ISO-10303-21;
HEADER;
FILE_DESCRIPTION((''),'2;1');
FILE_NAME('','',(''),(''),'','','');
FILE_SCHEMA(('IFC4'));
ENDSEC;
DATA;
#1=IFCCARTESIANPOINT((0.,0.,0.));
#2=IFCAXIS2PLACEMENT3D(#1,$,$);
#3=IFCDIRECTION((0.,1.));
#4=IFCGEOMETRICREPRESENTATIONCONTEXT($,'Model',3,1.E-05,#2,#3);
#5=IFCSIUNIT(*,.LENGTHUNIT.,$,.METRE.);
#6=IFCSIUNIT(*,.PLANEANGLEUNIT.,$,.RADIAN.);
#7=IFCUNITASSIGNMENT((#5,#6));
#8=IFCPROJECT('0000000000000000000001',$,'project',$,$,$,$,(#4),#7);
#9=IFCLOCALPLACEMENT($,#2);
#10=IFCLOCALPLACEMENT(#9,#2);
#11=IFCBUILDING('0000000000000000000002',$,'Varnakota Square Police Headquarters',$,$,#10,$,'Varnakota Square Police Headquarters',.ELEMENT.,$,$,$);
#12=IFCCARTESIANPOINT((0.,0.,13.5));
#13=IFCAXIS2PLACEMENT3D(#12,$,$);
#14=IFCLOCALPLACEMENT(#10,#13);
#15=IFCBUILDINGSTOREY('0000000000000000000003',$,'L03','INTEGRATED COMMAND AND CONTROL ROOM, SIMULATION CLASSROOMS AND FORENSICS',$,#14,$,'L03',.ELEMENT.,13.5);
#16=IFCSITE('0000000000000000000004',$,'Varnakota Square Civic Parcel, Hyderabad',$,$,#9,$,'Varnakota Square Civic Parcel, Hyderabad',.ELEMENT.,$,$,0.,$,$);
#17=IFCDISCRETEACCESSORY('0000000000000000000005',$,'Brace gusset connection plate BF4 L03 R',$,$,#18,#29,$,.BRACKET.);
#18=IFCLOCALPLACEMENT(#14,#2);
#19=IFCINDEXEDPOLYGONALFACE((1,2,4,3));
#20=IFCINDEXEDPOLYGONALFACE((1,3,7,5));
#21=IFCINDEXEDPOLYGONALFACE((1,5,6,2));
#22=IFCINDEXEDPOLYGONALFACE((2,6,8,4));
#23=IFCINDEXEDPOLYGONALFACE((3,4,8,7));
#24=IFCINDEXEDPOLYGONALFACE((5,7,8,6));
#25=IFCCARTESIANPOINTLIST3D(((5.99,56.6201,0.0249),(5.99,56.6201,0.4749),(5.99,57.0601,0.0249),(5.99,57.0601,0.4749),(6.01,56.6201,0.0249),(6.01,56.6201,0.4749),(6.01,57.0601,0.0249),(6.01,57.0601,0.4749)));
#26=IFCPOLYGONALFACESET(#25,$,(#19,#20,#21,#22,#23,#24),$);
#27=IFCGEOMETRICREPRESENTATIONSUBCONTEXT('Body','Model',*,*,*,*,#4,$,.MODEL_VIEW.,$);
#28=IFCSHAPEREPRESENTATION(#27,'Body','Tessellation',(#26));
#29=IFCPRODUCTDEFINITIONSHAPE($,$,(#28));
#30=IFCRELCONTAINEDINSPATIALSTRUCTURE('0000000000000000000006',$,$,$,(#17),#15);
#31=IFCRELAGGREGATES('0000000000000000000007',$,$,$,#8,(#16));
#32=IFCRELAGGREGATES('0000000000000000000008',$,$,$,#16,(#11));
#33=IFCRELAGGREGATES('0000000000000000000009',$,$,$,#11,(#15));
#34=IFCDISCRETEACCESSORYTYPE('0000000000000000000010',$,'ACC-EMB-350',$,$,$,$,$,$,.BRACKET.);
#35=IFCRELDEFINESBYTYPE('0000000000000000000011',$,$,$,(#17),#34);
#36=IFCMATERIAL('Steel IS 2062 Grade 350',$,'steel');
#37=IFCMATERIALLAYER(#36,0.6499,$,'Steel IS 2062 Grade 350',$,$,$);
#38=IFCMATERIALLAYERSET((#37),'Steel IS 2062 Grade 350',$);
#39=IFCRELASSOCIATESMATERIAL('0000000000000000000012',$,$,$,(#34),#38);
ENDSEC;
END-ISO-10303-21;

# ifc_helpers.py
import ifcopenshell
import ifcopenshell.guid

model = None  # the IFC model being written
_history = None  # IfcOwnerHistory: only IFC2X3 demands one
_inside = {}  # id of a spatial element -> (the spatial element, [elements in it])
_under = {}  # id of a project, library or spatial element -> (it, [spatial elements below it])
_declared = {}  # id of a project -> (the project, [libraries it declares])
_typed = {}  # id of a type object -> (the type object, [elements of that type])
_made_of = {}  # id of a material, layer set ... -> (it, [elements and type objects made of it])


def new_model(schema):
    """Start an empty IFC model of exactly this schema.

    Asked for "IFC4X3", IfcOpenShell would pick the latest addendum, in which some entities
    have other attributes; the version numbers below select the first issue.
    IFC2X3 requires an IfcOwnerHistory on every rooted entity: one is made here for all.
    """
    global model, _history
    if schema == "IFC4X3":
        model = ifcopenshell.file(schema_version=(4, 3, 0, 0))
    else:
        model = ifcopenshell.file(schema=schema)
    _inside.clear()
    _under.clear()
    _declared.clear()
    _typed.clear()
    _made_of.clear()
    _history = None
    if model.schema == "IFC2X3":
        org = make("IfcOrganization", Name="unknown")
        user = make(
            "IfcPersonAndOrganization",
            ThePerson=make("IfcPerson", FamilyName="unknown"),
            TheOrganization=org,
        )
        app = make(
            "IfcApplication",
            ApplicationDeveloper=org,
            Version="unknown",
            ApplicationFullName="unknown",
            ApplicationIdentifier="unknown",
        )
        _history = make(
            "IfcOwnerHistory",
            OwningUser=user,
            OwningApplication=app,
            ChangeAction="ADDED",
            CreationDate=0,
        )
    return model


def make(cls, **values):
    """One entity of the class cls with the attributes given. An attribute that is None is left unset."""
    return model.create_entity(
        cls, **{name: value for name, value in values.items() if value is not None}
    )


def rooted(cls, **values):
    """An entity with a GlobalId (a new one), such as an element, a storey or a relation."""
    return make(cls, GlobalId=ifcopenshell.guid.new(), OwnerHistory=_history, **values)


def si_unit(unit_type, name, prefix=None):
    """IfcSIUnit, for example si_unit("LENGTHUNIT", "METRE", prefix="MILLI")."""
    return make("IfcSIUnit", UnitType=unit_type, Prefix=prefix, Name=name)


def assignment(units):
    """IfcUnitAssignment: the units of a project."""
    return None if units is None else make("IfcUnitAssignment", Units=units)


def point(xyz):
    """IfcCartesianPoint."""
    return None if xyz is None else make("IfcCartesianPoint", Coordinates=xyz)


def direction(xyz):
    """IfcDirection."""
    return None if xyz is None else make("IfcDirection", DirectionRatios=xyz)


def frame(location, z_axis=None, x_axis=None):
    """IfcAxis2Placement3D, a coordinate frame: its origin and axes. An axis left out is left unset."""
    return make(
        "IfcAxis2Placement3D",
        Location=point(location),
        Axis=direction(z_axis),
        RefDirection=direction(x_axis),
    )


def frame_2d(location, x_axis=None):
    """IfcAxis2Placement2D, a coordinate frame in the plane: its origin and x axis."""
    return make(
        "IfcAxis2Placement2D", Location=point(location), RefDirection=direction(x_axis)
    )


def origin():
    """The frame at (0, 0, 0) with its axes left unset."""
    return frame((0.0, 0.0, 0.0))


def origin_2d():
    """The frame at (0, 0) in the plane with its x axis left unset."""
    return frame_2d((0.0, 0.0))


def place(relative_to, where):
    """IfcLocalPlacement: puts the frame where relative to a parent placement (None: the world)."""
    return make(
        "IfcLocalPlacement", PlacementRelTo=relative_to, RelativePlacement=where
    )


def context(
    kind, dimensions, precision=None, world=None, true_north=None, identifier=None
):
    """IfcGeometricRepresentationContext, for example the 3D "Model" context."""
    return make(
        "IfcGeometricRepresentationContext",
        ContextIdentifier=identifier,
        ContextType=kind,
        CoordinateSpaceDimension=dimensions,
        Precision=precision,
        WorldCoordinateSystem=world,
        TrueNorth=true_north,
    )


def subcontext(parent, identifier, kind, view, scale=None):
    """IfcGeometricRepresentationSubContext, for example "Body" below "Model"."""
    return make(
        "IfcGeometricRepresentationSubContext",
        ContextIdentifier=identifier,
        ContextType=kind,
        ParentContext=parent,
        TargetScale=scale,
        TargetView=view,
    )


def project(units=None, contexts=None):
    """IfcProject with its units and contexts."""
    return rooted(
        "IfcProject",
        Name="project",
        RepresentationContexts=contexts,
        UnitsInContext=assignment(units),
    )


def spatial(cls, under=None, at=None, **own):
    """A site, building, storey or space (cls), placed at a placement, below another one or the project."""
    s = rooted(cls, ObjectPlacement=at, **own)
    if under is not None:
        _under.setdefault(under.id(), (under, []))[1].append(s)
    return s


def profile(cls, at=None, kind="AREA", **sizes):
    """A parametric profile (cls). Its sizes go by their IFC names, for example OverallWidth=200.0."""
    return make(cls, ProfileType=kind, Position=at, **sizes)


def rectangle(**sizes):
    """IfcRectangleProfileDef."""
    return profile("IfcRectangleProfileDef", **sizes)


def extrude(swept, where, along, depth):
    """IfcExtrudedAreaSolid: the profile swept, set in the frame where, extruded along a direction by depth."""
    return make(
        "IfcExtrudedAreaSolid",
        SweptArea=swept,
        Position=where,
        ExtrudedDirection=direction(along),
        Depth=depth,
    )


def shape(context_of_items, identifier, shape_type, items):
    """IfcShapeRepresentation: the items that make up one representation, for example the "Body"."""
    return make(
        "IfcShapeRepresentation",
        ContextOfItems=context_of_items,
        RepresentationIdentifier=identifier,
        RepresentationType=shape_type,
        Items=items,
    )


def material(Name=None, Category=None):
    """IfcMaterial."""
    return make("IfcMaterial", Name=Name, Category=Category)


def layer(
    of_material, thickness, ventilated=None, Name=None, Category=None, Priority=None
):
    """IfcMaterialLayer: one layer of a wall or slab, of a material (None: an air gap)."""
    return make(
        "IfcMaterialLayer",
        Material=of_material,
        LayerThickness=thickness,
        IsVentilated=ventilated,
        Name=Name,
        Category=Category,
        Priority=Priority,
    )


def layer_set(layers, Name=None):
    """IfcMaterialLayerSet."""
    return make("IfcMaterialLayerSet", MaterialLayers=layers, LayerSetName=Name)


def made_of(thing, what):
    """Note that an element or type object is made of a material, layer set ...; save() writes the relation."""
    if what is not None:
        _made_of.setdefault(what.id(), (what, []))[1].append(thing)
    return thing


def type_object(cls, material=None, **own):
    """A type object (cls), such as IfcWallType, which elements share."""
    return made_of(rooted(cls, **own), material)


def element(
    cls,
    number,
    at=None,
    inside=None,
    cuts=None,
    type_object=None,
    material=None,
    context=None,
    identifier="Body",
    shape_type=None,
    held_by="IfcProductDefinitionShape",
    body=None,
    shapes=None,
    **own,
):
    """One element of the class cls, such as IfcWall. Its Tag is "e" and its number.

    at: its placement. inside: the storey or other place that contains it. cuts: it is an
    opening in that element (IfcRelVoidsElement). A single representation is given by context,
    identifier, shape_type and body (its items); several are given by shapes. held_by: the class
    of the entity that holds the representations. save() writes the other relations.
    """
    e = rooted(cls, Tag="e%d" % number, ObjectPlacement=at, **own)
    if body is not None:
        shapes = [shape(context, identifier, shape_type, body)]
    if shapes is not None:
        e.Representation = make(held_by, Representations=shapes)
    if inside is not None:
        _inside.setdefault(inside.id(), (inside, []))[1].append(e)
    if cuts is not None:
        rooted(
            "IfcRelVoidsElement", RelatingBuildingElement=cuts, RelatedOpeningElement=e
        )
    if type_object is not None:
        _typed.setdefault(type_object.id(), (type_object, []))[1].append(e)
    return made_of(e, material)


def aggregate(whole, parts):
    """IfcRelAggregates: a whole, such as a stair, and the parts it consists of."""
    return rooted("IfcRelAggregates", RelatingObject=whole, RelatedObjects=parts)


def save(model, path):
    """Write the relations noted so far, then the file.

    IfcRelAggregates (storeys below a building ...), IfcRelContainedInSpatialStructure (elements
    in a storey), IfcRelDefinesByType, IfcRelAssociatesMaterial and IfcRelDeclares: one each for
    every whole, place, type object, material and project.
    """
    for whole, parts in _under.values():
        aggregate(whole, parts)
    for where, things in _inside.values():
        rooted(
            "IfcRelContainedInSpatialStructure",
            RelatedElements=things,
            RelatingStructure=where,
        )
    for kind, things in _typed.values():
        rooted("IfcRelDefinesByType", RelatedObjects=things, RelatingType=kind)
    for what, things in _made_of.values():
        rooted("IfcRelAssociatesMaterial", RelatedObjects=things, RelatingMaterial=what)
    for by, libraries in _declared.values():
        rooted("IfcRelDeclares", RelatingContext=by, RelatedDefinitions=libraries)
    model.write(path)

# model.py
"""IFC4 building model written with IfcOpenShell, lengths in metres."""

from ifc_helpers import new_model, si_unit, direction, frame, origin, origin_2d, place, context, subcontext, project, spatial, rectangle, extrude, material, layer, layer_set, type_object, element, save


model = new_model("IFC4")

# Units and contexts
model_context = context("Model", 3, precision=1e-05, world=origin(), true_north=direction((0.0, 1.0)))
body_context = subcontext(model_context, "Body", "Model", "MODEL_VIEW")
ifc_project = project(units=[si_unit("LENGTHUNIT", "METRE"), si_unit("PLANEANGLEUNIT", "RADIAN")], contexts=[model_context])

# Site, building, storey
site_placement = place(None, origin())
site = spatial("IfcSite", under=ifc_project, at=site_placement, Name="Varnakota Square Civic Parcel, Hyderabad", LongName="Varnakota Square Civic Parcel, Hyderabad", CompositionType="ELEMENT", RefElevation=0.0)
building_placement = place(site_placement, origin())
building = spatial("IfcBuilding", under=site, at=building_placement, Name="Varnakota Square Police Headquarters", LongName="Varnakota Square Police Headquarters", CompositionType="ELEMENT")
storey_placement = place(building_placement, frame((0.0, 0.0, 13.5)))
storey = spatial("IfcBuildingStorey", under=building, at=storey_placement, Name="L03", Description="INTEGRATED COMMAND AND CONTROL ROOM, SIMULATION CLASSROOMS AND FORENSICS", LongName="L03", CompositionType="ELEMENT", Elevation=13.5)

# Shared definitions
ifc_material_1 = material(Name="Steel IS 2062 Grade 350", Category="steel")

# Discrete accessory
ifc_layer_1 = layer(ifc_material_1, 0.6499, Name="Steel IS 2062 Grade 350")
ifc_layer_set_1 = layer_set([ifc_layer_1], Name="Steel IS 2062 Grade 350")
discrete_accessory_type = type_object("IfcDiscreteAccessoryType", Name="ACC-EMB-350", PredefinedType="BRACKET", material=ifc_layer_set_1)
for number, where, z_axis, x_axis, name in (
    (1, (6.0, 56.8401, 0.0249), (0.0, 0.0, 1.0), (0.0, 1.0, 0.0), "Brace gusset connection plate BF4 L03 R"),
):
    element("IfcDiscreteAccessory", number, at=place(storey_placement, frame(where, z_axis=z_axis, x_axis=x_axis)), inside=storey, type_object=discrete_accessory_type, Name=name, PredefinedType="BRACKET", context=body_context, shape_type="SweptSolid", body=[
        extrude(rectangle(XDim=0.4399, YDim=0.02, at=origin_2d()), origin(), (0.0, 0.0, 1.0), 0.45),
    ])

save(model, "model.ifc")
